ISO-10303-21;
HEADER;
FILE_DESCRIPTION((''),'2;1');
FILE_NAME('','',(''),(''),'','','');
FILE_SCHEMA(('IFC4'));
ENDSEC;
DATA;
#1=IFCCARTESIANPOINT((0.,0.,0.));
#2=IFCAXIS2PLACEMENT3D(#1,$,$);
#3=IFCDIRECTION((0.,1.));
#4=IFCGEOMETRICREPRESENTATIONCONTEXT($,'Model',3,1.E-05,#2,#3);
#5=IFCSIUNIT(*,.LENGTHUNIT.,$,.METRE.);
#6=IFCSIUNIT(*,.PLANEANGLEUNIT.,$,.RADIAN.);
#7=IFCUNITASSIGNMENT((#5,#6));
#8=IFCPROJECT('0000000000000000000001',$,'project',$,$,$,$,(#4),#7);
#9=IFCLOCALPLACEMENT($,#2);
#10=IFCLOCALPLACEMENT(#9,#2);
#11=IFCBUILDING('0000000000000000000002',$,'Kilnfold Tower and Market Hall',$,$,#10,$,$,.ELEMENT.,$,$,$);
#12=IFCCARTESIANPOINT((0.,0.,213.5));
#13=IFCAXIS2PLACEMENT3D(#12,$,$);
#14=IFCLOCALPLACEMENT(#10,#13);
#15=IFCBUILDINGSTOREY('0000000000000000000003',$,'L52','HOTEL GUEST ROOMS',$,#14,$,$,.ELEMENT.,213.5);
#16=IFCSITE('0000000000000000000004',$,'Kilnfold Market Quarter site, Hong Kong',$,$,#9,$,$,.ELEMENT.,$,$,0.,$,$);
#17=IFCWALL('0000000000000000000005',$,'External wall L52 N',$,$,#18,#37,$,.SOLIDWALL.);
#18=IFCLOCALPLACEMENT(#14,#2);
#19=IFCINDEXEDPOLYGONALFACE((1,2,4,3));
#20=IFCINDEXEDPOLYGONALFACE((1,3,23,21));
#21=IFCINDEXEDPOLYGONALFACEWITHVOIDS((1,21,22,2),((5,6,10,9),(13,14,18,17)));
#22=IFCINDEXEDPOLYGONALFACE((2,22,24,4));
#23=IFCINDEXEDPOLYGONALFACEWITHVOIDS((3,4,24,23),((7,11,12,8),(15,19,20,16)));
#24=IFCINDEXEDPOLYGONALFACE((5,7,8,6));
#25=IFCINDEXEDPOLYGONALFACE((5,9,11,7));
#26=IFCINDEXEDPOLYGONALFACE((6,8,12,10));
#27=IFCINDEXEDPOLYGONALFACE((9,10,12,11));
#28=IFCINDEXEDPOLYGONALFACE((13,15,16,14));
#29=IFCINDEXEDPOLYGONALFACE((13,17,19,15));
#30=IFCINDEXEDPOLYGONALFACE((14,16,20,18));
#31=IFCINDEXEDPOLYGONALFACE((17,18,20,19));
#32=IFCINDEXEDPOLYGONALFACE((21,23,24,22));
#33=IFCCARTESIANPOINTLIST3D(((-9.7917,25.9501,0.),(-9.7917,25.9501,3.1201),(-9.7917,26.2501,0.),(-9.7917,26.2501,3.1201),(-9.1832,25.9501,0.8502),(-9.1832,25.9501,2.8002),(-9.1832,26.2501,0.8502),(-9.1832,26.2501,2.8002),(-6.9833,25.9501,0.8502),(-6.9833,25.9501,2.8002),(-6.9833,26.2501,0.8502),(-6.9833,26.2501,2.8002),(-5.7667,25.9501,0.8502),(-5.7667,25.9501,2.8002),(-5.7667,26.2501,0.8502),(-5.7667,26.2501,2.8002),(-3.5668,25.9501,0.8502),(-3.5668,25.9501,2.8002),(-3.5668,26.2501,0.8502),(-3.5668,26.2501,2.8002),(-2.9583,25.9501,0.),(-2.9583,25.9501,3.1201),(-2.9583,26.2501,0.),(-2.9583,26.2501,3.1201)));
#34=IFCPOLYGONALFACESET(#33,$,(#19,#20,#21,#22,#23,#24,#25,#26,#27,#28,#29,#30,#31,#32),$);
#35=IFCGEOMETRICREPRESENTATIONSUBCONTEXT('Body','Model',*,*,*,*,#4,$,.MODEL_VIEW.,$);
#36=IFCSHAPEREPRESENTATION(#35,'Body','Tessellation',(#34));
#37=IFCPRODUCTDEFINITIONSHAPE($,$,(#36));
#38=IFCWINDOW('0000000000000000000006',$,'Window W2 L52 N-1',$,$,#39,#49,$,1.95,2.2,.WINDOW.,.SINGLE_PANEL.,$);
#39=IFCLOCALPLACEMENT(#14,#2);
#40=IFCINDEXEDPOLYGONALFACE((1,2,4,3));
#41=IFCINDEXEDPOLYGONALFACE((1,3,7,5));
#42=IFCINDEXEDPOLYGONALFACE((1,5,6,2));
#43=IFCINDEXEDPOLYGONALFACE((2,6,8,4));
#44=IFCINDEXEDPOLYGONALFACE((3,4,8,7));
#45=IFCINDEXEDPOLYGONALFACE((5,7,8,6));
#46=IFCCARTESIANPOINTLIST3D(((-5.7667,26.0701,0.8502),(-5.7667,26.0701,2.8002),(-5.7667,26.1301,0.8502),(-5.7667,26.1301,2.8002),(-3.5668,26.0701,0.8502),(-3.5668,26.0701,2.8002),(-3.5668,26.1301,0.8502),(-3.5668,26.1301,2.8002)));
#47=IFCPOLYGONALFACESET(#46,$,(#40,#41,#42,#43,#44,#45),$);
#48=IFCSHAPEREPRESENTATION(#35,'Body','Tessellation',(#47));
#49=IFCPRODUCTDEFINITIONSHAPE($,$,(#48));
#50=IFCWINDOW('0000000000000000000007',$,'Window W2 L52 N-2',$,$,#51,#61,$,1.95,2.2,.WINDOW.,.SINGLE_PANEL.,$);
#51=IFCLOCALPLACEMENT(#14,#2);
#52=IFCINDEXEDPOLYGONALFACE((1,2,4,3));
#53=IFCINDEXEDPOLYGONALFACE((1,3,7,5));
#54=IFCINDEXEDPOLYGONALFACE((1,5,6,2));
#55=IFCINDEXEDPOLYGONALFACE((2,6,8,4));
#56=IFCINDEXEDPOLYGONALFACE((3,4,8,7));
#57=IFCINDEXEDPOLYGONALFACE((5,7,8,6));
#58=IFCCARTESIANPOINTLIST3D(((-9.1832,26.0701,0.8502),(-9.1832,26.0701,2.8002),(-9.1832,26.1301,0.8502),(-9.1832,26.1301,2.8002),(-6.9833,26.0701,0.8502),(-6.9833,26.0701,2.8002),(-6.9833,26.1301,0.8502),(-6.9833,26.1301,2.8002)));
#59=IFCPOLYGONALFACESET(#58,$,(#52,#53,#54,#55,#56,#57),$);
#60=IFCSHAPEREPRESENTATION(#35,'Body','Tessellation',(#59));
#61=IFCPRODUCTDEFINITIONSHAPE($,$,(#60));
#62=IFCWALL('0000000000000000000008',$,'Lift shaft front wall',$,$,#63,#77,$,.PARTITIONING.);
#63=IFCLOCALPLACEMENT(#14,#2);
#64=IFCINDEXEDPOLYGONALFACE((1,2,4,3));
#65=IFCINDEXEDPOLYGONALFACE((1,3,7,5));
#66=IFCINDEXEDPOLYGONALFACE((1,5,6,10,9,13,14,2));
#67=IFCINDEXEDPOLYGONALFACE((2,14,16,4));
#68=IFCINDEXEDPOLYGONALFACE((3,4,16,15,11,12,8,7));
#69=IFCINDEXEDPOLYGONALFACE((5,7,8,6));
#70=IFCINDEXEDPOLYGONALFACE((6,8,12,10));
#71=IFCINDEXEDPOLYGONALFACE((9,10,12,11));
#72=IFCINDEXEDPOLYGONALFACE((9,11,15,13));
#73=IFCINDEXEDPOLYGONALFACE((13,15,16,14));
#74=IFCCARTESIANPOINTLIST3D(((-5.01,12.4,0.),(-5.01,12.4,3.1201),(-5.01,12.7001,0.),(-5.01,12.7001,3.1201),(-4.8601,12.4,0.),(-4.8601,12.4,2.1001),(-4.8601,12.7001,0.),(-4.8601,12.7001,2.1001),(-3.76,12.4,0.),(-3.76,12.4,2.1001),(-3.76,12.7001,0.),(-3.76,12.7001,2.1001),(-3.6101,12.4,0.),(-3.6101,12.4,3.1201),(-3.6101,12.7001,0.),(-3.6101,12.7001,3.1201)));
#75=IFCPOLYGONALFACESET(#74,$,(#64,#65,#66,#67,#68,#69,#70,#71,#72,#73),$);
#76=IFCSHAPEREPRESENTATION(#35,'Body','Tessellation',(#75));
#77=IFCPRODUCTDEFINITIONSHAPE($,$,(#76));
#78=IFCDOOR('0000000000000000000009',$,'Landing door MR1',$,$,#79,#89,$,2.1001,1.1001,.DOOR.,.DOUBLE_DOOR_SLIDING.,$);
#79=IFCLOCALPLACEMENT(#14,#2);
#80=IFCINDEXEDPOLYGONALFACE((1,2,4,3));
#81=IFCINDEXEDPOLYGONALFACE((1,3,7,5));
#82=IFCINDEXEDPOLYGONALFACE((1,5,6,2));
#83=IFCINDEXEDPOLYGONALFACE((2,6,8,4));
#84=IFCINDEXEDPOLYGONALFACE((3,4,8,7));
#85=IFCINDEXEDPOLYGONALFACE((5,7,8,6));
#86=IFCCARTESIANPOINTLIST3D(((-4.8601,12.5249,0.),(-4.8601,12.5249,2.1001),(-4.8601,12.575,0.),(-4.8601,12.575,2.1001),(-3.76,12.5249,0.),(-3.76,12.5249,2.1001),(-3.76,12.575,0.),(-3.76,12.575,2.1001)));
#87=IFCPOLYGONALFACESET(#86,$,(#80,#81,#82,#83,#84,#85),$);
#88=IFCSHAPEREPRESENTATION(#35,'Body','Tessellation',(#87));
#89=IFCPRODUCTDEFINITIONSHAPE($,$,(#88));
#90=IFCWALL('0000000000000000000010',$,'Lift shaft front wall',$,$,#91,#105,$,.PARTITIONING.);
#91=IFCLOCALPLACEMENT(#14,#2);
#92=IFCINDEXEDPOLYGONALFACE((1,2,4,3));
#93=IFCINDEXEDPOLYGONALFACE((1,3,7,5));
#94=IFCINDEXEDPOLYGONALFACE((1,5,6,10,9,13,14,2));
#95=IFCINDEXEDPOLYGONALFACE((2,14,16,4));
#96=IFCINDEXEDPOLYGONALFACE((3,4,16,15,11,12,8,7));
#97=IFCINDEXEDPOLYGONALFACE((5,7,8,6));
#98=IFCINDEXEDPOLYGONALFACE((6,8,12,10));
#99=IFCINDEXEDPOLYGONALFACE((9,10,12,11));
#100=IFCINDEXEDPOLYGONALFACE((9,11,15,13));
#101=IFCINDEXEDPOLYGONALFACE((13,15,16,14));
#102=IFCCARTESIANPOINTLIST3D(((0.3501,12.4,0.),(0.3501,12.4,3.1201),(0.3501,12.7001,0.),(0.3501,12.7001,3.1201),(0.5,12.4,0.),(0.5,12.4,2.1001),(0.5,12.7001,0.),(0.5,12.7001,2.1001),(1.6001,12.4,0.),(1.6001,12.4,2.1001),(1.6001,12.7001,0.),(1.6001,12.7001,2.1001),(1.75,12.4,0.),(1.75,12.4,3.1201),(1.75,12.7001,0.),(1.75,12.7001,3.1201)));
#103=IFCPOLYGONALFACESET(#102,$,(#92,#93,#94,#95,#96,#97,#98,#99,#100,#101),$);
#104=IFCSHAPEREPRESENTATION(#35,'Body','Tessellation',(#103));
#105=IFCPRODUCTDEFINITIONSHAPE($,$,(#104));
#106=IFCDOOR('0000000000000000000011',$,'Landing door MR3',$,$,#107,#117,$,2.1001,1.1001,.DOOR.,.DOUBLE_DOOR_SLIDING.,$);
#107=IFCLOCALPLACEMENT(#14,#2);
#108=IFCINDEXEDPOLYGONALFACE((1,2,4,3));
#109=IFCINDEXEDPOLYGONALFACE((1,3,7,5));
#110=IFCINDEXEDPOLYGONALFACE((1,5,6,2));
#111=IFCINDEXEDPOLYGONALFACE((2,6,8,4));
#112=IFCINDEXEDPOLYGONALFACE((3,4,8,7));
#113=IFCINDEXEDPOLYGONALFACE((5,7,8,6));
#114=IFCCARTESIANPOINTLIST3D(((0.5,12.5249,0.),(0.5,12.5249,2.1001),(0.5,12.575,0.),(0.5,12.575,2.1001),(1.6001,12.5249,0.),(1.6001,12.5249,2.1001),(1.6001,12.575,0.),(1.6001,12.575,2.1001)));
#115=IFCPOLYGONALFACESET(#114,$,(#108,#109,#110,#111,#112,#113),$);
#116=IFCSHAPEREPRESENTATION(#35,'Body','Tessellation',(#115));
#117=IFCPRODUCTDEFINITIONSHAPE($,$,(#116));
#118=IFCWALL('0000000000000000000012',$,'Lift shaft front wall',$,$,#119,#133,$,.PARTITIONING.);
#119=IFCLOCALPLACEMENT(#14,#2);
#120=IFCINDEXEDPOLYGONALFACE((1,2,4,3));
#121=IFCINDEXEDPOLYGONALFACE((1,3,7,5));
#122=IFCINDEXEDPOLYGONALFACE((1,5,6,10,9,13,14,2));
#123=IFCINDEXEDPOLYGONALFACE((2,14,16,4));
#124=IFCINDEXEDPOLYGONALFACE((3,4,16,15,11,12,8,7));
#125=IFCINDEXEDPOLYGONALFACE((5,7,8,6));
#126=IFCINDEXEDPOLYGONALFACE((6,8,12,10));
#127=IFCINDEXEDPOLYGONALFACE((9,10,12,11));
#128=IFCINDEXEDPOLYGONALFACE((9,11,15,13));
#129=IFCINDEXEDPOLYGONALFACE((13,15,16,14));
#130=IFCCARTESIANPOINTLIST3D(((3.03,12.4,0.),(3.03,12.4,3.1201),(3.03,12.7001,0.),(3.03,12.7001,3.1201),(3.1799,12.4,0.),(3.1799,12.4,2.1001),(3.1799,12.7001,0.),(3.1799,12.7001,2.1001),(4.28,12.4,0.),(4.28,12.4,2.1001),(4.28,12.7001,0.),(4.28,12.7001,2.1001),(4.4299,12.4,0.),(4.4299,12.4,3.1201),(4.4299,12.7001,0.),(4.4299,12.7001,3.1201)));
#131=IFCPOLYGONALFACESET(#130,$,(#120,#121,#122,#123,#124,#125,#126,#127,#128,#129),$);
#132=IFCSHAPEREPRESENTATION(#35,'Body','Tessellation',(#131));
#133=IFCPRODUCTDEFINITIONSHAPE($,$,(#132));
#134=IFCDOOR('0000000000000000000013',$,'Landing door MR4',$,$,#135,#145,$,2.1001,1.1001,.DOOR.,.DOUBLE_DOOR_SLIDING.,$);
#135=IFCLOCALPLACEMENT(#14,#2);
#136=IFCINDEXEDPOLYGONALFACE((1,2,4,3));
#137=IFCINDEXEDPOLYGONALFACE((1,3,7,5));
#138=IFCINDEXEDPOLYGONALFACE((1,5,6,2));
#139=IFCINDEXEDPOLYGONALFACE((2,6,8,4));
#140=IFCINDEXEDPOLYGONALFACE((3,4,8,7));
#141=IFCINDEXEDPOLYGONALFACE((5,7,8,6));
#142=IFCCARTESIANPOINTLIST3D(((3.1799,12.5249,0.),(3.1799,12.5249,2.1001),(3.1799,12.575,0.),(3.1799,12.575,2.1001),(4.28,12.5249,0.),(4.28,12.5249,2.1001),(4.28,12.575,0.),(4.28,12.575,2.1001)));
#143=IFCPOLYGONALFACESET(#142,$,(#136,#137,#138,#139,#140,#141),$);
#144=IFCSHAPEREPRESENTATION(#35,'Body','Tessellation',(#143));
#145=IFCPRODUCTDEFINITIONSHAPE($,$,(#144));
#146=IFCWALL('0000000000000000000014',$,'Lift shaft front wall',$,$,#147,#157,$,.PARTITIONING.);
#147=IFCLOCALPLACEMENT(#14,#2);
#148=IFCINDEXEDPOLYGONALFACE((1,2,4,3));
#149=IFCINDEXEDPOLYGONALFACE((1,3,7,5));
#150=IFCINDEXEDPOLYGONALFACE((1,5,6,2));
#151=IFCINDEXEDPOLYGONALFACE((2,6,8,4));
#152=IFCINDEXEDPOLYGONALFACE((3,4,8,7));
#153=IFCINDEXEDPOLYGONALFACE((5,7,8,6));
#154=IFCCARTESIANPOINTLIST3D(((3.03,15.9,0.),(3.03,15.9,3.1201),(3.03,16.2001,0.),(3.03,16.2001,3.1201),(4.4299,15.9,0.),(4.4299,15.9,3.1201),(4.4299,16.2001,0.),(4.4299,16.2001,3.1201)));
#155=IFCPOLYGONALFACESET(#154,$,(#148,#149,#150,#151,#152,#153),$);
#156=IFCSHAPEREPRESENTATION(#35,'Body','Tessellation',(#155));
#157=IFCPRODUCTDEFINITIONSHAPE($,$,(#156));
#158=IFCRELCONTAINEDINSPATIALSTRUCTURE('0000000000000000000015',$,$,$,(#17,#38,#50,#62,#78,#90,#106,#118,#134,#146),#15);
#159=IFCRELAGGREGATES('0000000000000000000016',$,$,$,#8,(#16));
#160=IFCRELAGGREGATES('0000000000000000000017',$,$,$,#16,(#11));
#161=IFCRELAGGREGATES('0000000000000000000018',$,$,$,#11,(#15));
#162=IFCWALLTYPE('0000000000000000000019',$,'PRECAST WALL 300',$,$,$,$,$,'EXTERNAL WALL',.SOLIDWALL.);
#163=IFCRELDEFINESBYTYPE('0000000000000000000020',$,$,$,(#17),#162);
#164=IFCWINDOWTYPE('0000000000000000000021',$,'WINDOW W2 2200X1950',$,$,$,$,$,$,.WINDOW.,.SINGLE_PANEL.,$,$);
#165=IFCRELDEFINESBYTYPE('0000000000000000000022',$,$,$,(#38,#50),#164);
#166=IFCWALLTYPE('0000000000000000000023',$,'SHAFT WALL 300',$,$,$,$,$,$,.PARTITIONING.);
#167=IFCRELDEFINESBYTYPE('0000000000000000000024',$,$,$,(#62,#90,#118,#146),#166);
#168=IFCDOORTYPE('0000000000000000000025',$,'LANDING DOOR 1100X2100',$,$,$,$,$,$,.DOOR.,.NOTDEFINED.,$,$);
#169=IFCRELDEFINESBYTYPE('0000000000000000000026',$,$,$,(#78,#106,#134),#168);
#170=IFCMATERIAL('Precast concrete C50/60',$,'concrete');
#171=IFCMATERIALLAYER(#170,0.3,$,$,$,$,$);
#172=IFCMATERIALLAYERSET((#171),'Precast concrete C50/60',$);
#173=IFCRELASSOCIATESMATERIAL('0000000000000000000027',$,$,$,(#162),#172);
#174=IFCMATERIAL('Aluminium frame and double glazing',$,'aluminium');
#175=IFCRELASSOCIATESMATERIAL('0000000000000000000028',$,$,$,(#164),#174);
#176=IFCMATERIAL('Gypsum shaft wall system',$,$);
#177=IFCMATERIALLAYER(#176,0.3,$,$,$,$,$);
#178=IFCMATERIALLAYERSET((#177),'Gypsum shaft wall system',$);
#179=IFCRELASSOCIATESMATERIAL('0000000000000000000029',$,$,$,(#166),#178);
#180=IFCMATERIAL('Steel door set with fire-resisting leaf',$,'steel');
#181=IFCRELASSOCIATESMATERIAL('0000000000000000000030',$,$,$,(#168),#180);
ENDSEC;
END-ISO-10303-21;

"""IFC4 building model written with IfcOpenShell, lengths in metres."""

from ifc_helpers import new_model, si_unit, direction, frame, frame_2d, origin, place, context, subcontext, project, spatial, rectangle, extrude, source, transform, mapped, material, layer, layer_set, type_object, element, fill, save


model = new_model("IFC4")

# Units and contexts
model_context = context("Model", 3, precision=1e-05, world=origin(), true_north=direction((0.0, 1.0)))
body_context = subcontext(model_context, "Body", "Model", "MODEL_VIEW")
ifc_project = project(units=[si_unit("LENGTHUNIT", "METRE"), si_unit("PLANEANGLEUNIT", "RADIAN")], contexts=[model_context])

# Site, building, storey
site_placement = place(None, origin())
site = spatial("IfcSite", under=ifc_project, at=site_placement, Name="Kilnfold Market Quarter site, Hong Kong", CompositionType="ELEMENT", RefElevation=0.0)
building_placement = place(site_placement, origin())
building = spatial("IfcBuilding", under=site, at=building_placement, Name="Kilnfold Tower and Market Hall", CompositionType="ELEMENT")
storey_placement = place(building_placement, frame((0.0, 0.0, 213.5)))
storey = spatial("IfcBuildingStorey", under=building, at=storey_placement, Name="L52", Description="HOTEL GUEST ROOMS", CompositionType="ELEMENT", Elevation=213.5)

# Wall, openings, windows
ifc_material_1 = material(Name="Precast concrete C50/60", Category="concrete")
ifc_layer_1 = layer(ifc_material_1, 0.3)
ifc_layer_set_1 = layer_set([ifc_layer_1], Name="Precast concrete C50/60")
wall_type_1 = type_object("IfcWallType", Name="PRECAST WALL 300", ElementType="EXTERNAL WALL", PredefinedType="SOLIDWALL", material=ifc_layer_set_1)
ifc_material_2 = material(Name="Aluminium frame and double glazing", Category="aluminium")
window_type = type_object("IfcWindowType", Name="WINDOW W2 2200X1950", PartitioningType="SINGLE_PANEL", PredefinedType="WINDOW", material=ifc_material_2)
shared_shape_1 = source(origin(), body_context, "Body", "SweptSolid", [
    extrude(rectangle(XDim=6.8335, YDim=0.3, at=frame_2d((3.4167, 0.0))), origin(), (0.0, 0.0, 1.0), 3.1201),
])
wall_1_placement = place(storey_placement, frame((-2.9583, 26.1001, 0.0), z_axis=(0.0, 0.0, 1.0), x_axis=(-1.0, 0.0, 0.0)))
wall_1 = element("IfcWall", 1, at=wall_1_placement, inside=storey, type_object=wall_type_1, Name="External wall L52 N", PredefinedType="SOLIDWALL", context=body_context, shape_type="MappedRepresentation", body=[
    mapped(shared_shape_1, transform((0.0, 0.0, 0.0))),
])
opening_1_placement = place(wall_1_placement, frame((0.6084, 0.0, 0.8501)))
opening_1 = element("IfcOpeningElement", 2, at=opening_1_placement, cuts=wall_1, PredefinedType="OPENING", context=body_context, shape_type="SweptSolid", body=[
    extrude(rectangle(XDim=2.2, YDim=1.95, at=frame_2d((1.1001, 0.9751))), frame((0.0, 0.1602, 0.0), z_axis=(0.0, -1.0, 0.0), x_axis=(1.0, 0.0, 0.0)), (0.0, 0.0, 1.0), 0.3201),
])
opening_2_placement = place(wall_1_placement, frame((4.0249, 0.0, 0.8501)))
opening_2 = element("IfcOpeningElement", 3, at=opening_2_placement, cuts=wall_1, PredefinedType="OPENING", context=body_context, shape_type="SweptSolid", body=[
    extrude(rectangle(XDim=2.2, YDim=1.95, at=frame_2d((1.1001, 0.9751))), frame((0.0, 0.1602, 0.0), z_axis=(0.0, -1.0, 0.0), x_axis=(1.0, 0.0, 0.0)), (0.0, 0.0, 1.0), 0.3201),
])
window_1_placement = place(opening_1_placement, origin())
window_1 = element("IfcWindow", 4, at=window_1_placement, inside=storey, type_object=window_type, Name="Window W2 L52 N-1", OverallHeight=1.95, OverallWidth=2.2, PartitioningType="SINGLE_PANEL", PredefinedType="WINDOW", context=body_context, shape_type="SweptSolid", body=[
    extrude(rectangle(XDim=2.2, YDim=1.95, at=frame_2d((1.1001, 0.9751))), frame((0.0, 0.03, 0.0), z_axis=(0.0, -1.0, 0.0), x_axis=(1.0, 0.0, 0.0)), (0.0, 0.0, 1.0), 0.0601),
])
fill(opening_1, window_1)
window_2_placement = place(opening_2_placement, origin())
window_2 = element("IfcWindow", 5, at=window_2_placement, inside=storey, type_object=window_type, Name="Window W2 L52 N-2", OverallHeight=1.95, OverallWidth=2.2, PartitioningType="SINGLE_PANEL", PredefinedType="WINDOW", context=body_context, shape_type="SweptSolid", body=[
    extrude(rectangle(XDim=2.2, YDim=1.95, at=frame_2d((1.1001, 0.9751))), frame((0.0, 0.03, 0.0), z_axis=(0.0, -1.0, 0.0), x_axis=(1.0, 0.0, 0.0)), (0.0, 0.0, 1.0), 0.0601),
])
fill(opening_2, window_2)

# Walls, openings, doors
ifc_material_3 = material(Name="Gypsum shaft wall system")
ifc_layer_2 = layer(ifc_material_3, 0.3)
ifc_layer_set_2 = layer_set([ifc_layer_2], Name="Gypsum shaft wall system")
wall_type_2 = type_object("IfcWallType", Name="SHAFT WALL 300", PredefinedType="PARTITIONING", material=ifc_layer_set_2)
shared_shape_2 = source(origin(), body_context, "Body", "SweptSolid", [
    extrude(rectangle(XDim=1.3999, YDim=0.3, at=frame_2d((0.7, 0.0))), origin(), (0.0, 0.0, 1.0), 3.1201),
])
wall_2_placement = place(storey_placement, frame((-5.01, 12.55, 0.0), z_axis=(0.0, 0.0, 1.0), x_axis=(1.0, 0.0, 0.0)))
wall_2 = element("IfcWall", 6, at=wall_2_placement, inside=storey, type_object=wall_type_2, Name="Lift shaft front wall", PredefinedType="PARTITIONING", context=body_context, shape_type="MappedRepresentation", body=[
    mapped(shared_shape_2, transform((0.0, 0.0, 0.0))),
])
opening_3_placement = place(wall_2_placement, frame((0.1499, 0.0, 0.0)))
opening_3 = element("IfcOpeningElement", 7, at=opening_3_placement, cuts=wall_2, PredefinedType="OPENING", context=body_context, shape_type="SweptSolid", body=[
    extrude(rectangle(XDim=1.1001, YDim=2.1001, at=frame_2d((0.55, 1.05))), frame((0.0, 0.1602, 0.0), z_axis=(0.0, -1.0, 0.0), x_axis=(1.0, 0.0, 0.0)), (0.0, 0.0, 1.0), 0.3201),
])
ifc_material_4 = material(Name="Steel door set with fire-resisting leaf", Category="steel")
door_type = type_object("IfcDoorType", Name="LANDING DOOR 1100X2100", OperationType="NOTDEFINED", PredefinedType="DOOR", material=ifc_material_4)
door_1_placement = place(opening_3_placement, origin())
door_1 = element("IfcDoor", 8, at=door_1_placement, inside=storey, type_object=door_type, Name="Landing door MR1", OperationType="DOUBLE_DOOR_SLIDING", OverallHeight=2.1001, OverallWidth=1.1001, PredefinedType="DOOR", context=body_context, shape_type="SweptSolid", body=[
    extrude(rectangle(XDim=1.1001, YDim=2.1001, at=frame_2d((0.55, 1.05))), frame((0.0, 0.0249, 0.0), z_axis=(0.0, -1.0, 0.0), x_axis=(1.0, 0.0, 0.0)), (0.0, 0.0, 1.0), 0.05),
])
fill(opening_3, door_1)
wall_3_placement = place(storey_placement, frame((0.3501, 12.55, 0.0), z_axis=(0.0, 0.0, 1.0), x_axis=(1.0, 0.0, 0.0)))
wall_3 = element("IfcWall", 9, at=wall_3_placement, inside=storey, type_object=wall_type_2, Name="Lift shaft front wall", PredefinedType="PARTITIONING", context=body_context, shape_type="MappedRepresentation", body=[
    mapped(shared_shape_2, transform((0.0, 0.0, 0.0))),
])
opening_4_placement = place(wall_3_placement, frame((0.1499, 0.0, 0.0)))
opening_4 = element("IfcOpeningElement", 10, at=opening_4_placement, cuts=wall_3, PredefinedType="OPENING", context=body_context, shape_type="SweptSolid", body=[
    extrude(rectangle(XDim=1.1001, YDim=2.1001, at=frame_2d((0.55, 1.05))), frame((0.0, 0.1602, 0.0), z_axis=(0.0, -1.0, 0.0), x_axis=(1.0, 0.0, 0.0)), (0.0, 0.0, 1.0), 0.3201),
])
door_2_placement = place(opening_4_placement, origin())
door_2 = element("IfcDoor", 11, at=door_2_placement, inside=storey, type_object=door_type, Name="Landing door MR3", OperationType="DOUBLE_DOOR_SLIDING", OverallHeight=2.1001, OverallWidth=1.1001, PredefinedType="DOOR", context=body_context, shape_type="SweptSolid", body=[
    extrude(rectangle(XDim=1.1001, YDim=2.1001, at=frame_2d((0.55, 1.05))), frame((0.0, 0.0249, 0.0), z_axis=(0.0, -1.0, 0.0), x_axis=(1.0, 0.0, 0.0)), (0.0, 0.0, 1.0), 0.05),
])
fill(opening_4, door_2)
wall_4_placement = place(storey_placement, frame((3.03, 12.55, 0.0), z_axis=(0.0, 0.0, 1.0), x_axis=(1.0, 0.0, 0.0)))
wall_4 = element("IfcWall", 12, at=wall_4_placement, inside=storey, type_object=wall_type_2, Name="Lift shaft front wall", PredefinedType="PARTITIONING", context=body_context, shape_type="MappedRepresentation", body=[
    mapped(shared_shape_2, transform((0.0, 0.0, 0.0))),
])
opening_5_placement = place(wall_4_placement, frame((0.1499, 0.0, 0.0)))
opening_5 = element("IfcOpeningElement", 13, at=opening_5_placement, cuts=wall_4, PredefinedType="OPENING", context=body_context, shape_type="SweptSolid", body=[
    extrude(rectangle(XDim=1.1001, YDim=2.1001, at=frame_2d((0.55, 1.05))), frame((0.0, 0.1602, 0.0), z_axis=(0.0, -1.0, 0.0), x_axis=(1.0, 0.0, 0.0)), (0.0, 0.0, 1.0), 0.3201),
])
door_3_placement = place(opening_5_placement, origin())
door_3 = element("IfcDoor", 14, at=door_3_placement, inside=storey, type_object=door_type, Name="Landing door MR4", OperationType="DOUBLE_DOOR_SLIDING", OverallHeight=2.1001, OverallWidth=1.1001, PredefinedType="DOOR", context=body_context, shape_type="SweptSolid", body=[
    extrude(rectangle(XDim=1.1001, YDim=2.1001, at=frame_2d((0.55, 1.05))), frame((0.0, 0.0249, 0.0), z_axis=(0.0, -1.0, 0.0), x_axis=(1.0, 0.0, 0.0)), (0.0, 0.0, 1.0), 0.05),
])
fill(opening_5, door_3)

# Wall
wall_5_placement = place(storey_placement, frame((3.03, 16.05, 0.0), z_axis=(0.0, 0.0, 1.0), x_axis=(1.0, 0.0, 0.0)))
element("IfcWall", 15, at=wall_5_placement, inside=storey, type_object=wall_type_2, Name="Lift shaft front wall", PredefinedType="PARTITIONING", context=body_context, shape_type="MappedRepresentation", body=[
    mapped(shared_shape_2, transform((0.0, 0.0, 0.0))),
])

save(model, "model.ifc")
